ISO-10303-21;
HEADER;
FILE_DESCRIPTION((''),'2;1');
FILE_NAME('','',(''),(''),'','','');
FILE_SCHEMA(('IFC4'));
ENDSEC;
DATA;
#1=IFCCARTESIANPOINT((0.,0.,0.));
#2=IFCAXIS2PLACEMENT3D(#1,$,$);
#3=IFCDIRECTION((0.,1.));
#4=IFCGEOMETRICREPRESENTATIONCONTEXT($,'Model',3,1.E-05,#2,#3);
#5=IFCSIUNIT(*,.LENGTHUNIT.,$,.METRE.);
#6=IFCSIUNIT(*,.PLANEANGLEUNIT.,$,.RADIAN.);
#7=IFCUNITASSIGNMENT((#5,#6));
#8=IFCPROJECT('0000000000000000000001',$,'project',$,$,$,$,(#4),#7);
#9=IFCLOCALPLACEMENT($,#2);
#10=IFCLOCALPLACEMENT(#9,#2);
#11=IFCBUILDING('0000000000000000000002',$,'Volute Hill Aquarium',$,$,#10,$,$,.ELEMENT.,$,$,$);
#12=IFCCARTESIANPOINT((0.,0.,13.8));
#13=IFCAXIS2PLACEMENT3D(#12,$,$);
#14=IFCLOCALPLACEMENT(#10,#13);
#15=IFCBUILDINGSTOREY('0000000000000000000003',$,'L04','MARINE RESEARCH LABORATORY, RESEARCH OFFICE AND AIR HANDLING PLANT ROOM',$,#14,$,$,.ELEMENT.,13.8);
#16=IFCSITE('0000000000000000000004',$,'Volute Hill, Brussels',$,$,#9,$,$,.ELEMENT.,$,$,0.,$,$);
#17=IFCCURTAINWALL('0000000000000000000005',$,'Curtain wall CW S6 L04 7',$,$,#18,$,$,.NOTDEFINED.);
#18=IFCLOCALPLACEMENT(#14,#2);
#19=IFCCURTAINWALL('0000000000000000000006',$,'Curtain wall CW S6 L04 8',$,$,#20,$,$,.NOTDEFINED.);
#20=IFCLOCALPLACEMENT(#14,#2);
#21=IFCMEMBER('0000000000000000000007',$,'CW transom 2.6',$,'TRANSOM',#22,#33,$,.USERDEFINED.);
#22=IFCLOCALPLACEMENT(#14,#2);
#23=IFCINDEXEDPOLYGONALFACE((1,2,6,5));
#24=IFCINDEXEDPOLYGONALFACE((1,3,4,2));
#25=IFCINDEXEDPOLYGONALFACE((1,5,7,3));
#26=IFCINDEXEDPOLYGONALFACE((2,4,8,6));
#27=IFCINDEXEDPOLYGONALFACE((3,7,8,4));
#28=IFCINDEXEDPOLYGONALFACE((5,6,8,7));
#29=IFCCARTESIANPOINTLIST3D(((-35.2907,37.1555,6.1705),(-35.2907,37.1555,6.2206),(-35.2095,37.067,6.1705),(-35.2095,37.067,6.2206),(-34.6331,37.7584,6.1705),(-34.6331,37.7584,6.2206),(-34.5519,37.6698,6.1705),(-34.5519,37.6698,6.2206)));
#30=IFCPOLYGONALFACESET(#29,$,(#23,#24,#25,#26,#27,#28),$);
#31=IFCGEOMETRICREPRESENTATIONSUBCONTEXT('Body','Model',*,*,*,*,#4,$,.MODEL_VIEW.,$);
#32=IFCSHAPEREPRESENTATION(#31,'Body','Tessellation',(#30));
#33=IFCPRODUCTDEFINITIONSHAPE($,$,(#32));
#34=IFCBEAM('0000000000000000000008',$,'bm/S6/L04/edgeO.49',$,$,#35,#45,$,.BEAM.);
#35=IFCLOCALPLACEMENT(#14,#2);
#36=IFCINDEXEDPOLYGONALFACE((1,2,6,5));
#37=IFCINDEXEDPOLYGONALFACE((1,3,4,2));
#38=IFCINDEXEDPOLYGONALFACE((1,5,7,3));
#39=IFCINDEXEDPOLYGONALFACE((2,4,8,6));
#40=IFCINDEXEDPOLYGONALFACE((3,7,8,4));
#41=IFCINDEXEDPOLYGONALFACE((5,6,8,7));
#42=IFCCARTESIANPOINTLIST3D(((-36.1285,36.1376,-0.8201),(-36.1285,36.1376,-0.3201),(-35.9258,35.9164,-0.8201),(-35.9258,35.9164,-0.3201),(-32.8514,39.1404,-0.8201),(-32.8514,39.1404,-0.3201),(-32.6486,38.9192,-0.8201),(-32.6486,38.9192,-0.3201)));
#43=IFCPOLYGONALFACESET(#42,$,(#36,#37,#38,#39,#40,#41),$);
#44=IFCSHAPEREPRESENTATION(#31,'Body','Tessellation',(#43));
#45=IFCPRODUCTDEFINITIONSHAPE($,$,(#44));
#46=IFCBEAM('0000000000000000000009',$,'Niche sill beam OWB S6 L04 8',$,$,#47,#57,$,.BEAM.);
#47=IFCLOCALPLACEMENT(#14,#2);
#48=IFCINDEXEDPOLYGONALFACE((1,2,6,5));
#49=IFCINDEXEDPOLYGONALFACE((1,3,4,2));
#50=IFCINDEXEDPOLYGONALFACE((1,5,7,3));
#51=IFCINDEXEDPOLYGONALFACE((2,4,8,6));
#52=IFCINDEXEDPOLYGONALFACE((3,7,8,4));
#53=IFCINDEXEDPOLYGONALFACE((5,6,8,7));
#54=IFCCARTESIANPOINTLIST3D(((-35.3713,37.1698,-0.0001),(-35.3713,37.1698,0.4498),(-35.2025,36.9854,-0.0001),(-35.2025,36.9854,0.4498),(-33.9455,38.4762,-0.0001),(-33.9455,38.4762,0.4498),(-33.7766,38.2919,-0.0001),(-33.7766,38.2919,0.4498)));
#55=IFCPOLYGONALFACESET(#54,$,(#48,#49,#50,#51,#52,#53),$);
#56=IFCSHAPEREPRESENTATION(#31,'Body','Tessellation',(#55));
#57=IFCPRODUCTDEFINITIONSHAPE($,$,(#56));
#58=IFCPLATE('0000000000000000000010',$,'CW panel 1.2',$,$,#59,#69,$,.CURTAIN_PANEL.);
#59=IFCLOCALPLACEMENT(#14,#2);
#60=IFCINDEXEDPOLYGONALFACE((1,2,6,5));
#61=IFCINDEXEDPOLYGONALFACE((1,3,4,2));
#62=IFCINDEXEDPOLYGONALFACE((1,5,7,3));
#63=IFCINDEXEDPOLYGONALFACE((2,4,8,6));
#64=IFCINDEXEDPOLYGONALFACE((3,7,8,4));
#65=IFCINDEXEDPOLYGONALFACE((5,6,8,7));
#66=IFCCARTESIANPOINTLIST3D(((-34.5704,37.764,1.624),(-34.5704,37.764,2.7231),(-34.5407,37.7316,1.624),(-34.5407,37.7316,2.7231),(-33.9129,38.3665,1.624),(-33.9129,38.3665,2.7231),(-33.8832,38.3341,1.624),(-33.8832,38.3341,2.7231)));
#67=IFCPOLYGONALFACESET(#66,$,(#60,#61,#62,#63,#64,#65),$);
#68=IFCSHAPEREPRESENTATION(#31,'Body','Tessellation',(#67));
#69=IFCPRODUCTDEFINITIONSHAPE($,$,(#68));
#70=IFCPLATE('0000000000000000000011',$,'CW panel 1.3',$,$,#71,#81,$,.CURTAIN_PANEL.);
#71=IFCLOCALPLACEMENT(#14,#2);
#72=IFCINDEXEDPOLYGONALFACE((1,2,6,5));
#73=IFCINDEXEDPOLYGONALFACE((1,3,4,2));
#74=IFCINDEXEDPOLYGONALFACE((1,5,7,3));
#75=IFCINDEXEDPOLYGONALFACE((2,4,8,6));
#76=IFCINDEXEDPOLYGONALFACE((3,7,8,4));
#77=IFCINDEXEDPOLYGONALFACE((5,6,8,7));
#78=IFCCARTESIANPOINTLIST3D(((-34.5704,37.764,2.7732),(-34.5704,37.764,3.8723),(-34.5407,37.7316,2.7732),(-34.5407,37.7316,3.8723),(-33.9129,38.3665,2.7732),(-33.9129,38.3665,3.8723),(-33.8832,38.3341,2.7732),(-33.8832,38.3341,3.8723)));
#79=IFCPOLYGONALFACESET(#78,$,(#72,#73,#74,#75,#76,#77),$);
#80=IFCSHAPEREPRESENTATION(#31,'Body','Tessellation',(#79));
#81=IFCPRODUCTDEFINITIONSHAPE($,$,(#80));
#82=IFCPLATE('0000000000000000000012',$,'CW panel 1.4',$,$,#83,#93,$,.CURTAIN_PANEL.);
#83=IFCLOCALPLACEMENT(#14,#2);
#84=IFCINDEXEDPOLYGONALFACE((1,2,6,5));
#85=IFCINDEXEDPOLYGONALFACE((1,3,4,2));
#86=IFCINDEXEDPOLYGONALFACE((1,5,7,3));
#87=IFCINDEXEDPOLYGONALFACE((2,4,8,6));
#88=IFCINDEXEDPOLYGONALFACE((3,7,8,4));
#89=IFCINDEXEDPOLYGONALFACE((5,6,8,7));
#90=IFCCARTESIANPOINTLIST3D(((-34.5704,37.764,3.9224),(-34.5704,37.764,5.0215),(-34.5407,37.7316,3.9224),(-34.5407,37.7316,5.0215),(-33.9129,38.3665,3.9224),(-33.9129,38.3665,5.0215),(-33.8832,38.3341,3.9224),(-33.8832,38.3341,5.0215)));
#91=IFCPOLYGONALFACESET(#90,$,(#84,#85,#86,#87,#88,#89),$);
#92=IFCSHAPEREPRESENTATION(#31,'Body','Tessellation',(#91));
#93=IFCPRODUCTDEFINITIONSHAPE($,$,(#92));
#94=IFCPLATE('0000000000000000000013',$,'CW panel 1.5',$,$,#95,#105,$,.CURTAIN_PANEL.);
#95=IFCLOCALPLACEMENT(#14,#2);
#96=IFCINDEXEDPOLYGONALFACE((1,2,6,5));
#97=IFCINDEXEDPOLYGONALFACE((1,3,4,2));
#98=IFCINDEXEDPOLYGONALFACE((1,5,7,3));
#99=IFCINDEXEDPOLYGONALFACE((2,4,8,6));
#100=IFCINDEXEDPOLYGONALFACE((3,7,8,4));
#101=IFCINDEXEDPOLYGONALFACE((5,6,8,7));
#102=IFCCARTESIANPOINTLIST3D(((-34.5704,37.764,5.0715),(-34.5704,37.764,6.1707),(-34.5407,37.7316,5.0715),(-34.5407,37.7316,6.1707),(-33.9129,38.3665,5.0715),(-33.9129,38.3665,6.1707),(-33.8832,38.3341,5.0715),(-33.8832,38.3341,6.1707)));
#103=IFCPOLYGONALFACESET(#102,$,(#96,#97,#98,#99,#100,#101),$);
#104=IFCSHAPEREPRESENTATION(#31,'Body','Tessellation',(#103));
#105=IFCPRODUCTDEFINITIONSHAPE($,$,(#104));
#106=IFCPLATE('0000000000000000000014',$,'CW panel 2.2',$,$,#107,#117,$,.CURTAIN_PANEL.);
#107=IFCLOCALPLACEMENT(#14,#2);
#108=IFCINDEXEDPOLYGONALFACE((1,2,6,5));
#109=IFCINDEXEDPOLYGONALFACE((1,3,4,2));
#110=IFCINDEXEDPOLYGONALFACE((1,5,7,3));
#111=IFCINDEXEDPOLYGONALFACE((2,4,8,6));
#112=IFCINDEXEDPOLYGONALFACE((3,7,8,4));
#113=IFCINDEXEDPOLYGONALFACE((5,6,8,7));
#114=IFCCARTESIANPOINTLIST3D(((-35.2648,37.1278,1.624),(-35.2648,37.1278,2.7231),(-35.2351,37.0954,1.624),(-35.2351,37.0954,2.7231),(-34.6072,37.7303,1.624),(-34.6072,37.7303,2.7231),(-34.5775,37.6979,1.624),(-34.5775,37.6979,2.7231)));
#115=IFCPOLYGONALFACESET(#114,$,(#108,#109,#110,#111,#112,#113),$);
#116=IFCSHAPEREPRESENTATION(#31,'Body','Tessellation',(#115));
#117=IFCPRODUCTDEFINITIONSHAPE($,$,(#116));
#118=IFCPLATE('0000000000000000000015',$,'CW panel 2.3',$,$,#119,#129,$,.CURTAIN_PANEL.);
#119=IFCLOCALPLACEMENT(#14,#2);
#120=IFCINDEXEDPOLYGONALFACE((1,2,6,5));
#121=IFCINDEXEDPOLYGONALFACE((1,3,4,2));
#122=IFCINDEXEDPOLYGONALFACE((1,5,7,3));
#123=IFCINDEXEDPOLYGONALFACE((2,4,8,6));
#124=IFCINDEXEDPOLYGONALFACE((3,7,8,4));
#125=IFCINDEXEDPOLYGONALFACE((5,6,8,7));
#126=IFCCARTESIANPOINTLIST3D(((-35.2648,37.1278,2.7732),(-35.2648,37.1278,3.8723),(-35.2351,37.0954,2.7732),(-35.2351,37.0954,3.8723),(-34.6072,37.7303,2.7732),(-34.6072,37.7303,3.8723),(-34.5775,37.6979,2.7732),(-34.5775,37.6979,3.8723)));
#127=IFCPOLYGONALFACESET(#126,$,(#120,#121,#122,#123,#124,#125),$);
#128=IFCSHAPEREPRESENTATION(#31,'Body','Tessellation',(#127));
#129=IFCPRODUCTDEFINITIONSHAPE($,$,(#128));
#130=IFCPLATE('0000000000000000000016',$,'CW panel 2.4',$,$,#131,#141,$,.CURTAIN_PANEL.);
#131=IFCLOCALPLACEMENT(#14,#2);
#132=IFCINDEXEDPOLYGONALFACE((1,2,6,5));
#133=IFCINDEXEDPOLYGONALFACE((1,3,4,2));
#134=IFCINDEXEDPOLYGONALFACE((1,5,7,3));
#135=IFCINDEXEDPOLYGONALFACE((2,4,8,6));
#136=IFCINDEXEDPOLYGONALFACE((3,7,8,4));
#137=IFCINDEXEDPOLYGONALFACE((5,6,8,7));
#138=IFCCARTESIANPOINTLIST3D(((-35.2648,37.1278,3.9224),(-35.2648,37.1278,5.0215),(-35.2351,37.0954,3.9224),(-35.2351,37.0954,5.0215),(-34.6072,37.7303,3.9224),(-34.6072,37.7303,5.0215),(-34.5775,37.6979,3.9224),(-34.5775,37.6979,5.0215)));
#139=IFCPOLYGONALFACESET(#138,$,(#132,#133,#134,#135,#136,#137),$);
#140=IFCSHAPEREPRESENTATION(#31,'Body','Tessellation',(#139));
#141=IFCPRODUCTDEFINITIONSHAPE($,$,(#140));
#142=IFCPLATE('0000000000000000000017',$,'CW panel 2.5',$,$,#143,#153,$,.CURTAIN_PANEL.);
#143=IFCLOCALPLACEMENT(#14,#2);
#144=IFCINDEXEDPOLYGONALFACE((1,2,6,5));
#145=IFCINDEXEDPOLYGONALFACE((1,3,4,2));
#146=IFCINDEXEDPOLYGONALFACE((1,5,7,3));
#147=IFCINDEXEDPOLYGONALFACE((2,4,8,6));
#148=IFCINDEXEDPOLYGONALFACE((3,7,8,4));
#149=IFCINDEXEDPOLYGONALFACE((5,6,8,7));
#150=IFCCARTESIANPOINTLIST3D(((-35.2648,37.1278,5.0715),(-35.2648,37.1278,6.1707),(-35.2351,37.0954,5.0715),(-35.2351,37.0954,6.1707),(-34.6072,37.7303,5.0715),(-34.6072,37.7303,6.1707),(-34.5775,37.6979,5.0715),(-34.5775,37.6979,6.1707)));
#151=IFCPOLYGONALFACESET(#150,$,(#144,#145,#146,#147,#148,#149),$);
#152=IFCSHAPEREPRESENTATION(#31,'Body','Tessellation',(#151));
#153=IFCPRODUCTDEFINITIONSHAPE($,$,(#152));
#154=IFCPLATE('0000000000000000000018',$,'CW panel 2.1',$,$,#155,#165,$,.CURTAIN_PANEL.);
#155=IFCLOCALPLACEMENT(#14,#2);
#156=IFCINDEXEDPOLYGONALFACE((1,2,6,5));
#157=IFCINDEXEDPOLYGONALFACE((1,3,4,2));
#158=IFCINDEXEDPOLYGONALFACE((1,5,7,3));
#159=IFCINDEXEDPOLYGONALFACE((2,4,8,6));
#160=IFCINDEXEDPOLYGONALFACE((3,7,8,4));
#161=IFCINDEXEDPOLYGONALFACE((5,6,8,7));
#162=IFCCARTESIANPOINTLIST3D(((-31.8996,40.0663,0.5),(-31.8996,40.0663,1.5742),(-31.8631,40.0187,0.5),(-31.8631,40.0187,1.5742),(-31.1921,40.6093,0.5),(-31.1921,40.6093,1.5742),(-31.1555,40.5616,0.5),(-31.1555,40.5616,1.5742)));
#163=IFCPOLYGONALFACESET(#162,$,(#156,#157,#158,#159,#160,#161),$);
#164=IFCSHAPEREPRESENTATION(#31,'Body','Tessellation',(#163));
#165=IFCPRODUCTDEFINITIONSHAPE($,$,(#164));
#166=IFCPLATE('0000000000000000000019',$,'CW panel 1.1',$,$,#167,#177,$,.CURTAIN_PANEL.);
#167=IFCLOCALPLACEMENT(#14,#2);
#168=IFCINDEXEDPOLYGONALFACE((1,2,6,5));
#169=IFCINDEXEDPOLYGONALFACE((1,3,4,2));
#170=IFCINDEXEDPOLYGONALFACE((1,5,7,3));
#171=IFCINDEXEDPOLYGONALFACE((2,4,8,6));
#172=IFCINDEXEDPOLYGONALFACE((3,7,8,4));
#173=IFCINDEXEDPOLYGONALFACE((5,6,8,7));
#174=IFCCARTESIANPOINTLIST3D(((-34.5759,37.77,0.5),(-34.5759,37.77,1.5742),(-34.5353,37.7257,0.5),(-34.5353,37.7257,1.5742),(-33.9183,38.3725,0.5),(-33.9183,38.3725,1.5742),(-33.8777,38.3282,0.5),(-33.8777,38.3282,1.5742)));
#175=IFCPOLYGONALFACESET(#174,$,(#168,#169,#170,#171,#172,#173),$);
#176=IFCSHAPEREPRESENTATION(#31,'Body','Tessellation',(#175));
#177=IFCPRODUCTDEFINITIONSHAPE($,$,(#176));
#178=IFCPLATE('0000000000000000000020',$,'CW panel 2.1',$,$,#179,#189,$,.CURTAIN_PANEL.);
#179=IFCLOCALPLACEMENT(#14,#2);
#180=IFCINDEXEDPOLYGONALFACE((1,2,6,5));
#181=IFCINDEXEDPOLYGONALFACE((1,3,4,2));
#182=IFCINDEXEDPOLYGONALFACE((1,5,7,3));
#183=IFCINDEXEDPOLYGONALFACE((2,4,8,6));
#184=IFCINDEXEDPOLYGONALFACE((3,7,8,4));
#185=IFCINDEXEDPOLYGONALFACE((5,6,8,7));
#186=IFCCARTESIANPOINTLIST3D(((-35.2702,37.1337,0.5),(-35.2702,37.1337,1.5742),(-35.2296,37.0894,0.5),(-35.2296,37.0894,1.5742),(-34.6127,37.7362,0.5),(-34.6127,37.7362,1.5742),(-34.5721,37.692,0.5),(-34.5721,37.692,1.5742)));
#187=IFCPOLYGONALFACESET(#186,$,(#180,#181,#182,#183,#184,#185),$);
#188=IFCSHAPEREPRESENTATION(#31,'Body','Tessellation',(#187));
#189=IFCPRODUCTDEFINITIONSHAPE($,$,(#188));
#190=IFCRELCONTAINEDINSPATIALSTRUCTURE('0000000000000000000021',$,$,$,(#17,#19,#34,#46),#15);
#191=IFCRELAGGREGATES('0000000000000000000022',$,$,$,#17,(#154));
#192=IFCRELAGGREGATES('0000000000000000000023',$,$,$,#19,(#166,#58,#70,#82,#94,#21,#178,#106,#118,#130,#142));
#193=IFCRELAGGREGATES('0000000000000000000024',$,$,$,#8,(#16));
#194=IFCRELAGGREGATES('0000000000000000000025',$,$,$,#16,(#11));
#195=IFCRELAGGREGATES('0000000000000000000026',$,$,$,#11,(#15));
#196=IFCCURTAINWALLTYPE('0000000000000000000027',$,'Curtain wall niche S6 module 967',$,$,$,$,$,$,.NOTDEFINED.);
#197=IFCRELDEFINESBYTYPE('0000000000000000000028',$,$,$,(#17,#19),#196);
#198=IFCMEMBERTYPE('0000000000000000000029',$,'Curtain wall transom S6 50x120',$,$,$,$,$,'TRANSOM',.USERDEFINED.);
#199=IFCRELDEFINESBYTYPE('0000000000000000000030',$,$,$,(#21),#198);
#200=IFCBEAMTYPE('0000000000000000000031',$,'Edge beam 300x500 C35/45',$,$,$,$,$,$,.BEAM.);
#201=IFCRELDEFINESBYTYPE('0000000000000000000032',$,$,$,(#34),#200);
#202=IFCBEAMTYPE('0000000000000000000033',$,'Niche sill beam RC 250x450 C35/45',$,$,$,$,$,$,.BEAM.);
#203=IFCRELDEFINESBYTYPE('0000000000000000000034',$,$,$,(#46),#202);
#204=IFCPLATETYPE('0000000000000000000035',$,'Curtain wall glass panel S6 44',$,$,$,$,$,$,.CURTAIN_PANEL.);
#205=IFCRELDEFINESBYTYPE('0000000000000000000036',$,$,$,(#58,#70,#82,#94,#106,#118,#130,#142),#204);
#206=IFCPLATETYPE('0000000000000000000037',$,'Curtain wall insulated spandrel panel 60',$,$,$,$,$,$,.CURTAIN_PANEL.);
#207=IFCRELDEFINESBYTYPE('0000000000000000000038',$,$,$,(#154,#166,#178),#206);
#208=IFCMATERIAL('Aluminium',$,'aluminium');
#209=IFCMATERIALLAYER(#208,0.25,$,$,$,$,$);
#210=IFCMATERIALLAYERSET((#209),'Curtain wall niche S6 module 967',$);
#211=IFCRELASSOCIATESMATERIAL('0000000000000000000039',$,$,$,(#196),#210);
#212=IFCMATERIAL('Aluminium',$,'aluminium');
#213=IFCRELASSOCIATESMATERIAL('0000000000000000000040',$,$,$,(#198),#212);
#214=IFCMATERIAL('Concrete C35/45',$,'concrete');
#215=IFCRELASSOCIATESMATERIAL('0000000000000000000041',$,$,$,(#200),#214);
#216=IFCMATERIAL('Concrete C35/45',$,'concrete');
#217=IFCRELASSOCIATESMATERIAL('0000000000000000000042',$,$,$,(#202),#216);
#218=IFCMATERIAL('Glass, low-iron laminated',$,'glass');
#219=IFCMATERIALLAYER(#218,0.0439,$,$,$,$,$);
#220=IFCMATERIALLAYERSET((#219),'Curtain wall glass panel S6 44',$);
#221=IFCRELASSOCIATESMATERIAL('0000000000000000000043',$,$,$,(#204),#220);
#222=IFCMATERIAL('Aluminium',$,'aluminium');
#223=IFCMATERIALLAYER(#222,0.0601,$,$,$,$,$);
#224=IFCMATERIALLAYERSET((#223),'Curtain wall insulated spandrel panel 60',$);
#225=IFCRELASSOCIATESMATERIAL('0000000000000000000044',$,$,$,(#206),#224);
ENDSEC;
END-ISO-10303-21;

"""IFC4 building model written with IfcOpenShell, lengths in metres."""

from ifc_helpers import new_model, si_unit, direction, frame, origin, origin_2d, place, context, subcontext, project, spatial, rectangle, extrude, material, layer, layer_set, material_profile, profile_set, type_object, element, aggregate, save


model = new_model("IFC4")

# Units and contexts
model_context = context("Model", 3, precision=1e-05, world=origin(), true_north=direction((0.0, 1.0)))
body_context = subcontext(model_context, "Body", "Model", "MODEL_VIEW")
ifc_project = project(units=[si_unit("LENGTHUNIT", "METRE"), si_unit("PLANEANGLEUNIT", "RADIAN")], contexts=[model_context])

# Site, building, storey
site_placement = place(None, origin())
site = spatial("IfcSite", under=ifc_project, at=site_placement, Name="Volute Hill, Brussels", CompositionType="ELEMENT", RefElevation=0.0)
building_placement = place(site_placement, origin())
building = spatial("IfcBuilding", under=site, at=building_placement, Name="Volute Hill Aquarium", CompositionType="ELEMENT")
storey_placement = place(building_placement, frame((0.0, 0.0, 13.8)))
storey = spatial("IfcBuildingStorey", under=building, at=storey_placement, Name="L04", Description="MARINE RESEARCH LABORATORY, RESEARCH OFFICE AND AIR HANDLING PLANT ROOM", CompositionType="ELEMENT", Elevation=13.8)

# Curtain wall
ifc_material_1 = material(Name="Aluminium", Category="aluminium")
ifc_layer_1 = layer(ifc_material_1, 0.25)
ifc_layer_set_1 = layer_set([ifc_layer_1], Name="Curtain wall niche S6 module 967")
curtain_wall_type = type_object("IfcCurtainWallType", Name="Curtain wall niche S6 module 967", PredefinedType="NOTDEFINED", material=ifc_layer_set_1)
curtain_wall_1_placement = place(storey_placement, origin())
curtain_wall_1 = element("IfcCurtainWall", 1, at=curtain_wall_1_placement, inside=storey, type_object=curtain_wall_type, Name="Curtain wall CW S6 L04 7", PredefinedType="NOTDEFINED")

# Curtain wall, member
curtain_wall_2_placement = place(storey_placement, origin())
curtain_wall_2 = element("IfcCurtainWall", 2, at=curtain_wall_2_placement, inside=storey, type_object=curtain_wall_type, Name="Curtain wall CW S6 L04 8", PredefinedType="NOTDEFINED")
ifc_material_2 = material(Name="Aluminium", Category="aluminium")
ifc_material_profile_1 = material_profile(ifc_material_2, rectangle(XDim=0.1201, YDim=0.05, at=origin_2d()), Name="Curtain wall transom S6 50x120")
ifc_profile_set_1 = profile_set([ifc_material_profile_1], Name="Aluminium")
member_type_1 = type_object("IfcMemberType", Name="Curtain wall transom S6 50x120", ElementType="TRANSOM", PredefinedType="USERDEFINED", material=ifc_profile_set_1)
member_1_placement = place(storey_placement, frame((-34.5925, 37.7141, 6.1956), z_axis=(-0.737097, -0.675787, 0.0), x_axis=(0.675787, -0.737097, 0.0)))
member_1 = element("IfcMember", 3, at=member_1_placement, type_object=member_type_1, Name="CW transom 2.6", ObjectType="TRANSOM", PredefinedType="USERDEFINED", context=body_context, shape_type="SweptSolid", body=[
    extrude(rectangle(XDim=0.1201, YDim=0.05, at=origin_2d()), origin(), (0.0, 0.0, 1.0), 0.8921),
])

# Beams
ifc_material_3 = material(Name="Concrete C35/45", Category="concrete")
ifc_material_profile_2 = material_profile(ifc_material_3, rectangle(XDim=0.3, YDim=0.5, at=origin_2d()), Name="RC edge beam 300x500")
ifc_profile_set_2 = profile_set([ifc_material_profile_2], Name="Concrete C35/45")
beam_type_1 = type_object("IfcBeamType", Name="Edge beam 300x500 C35/45", PredefinedType="BEAM", material=ifc_profile_set_2)
beam_1_placement = place(storey_placement, frame((-32.75, 39.0298, -0.5701), z_axis=(-0.737302, -0.675563, 0.0), x_axis=(0.675563, -0.737302, 0.0)))
element("IfcBeam", 4, at=beam_1_placement, inside=storey, type_object=beam_type_1, Name="bm/S6/L04/edgeO.49", PredefinedType="BEAM", context=body_context, shape_type="SweptSolid", body=[
    extrude(rectangle(XDim=0.3, YDim=0.5, at=origin_2d()), origin(), (0.0, 0.0, 1.0), 4.4448),
])
ifc_material_4 = material(Name="Concrete C35/45", Category="concrete")
ifc_material_profile_3 = material_profile(ifc_material_4, rectangle(XDim=0.25, YDim=0.45, at=origin_2d()), Name="RC beam 250x450")
ifc_profile_set_3 = profile_set([ifc_material_profile_3], Name="Concrete C35/45")
beam_type_2 = type_object("IfcBeamType", Name="Niche sill beam RC 250x450 C35/45", PredefinedType="BEAM", material=ifc_profile_set_3)
beam_2_placement = place(storey_placement, frame((-33.8611, 38.384, 0.2249), z_axis=(-0.737301, -0.675565, 0.0), x_axis=(0.675565, -0.737301, 0.0)))
element("IfcBeam", 5, at=beam_2_placement, inside=storey, type_object=beam_type_2, Name="Niche sill beam OWB S6 L04 8", PredefinedType="BEAM", context=body_context, shape_type="SweptSolid", body=[
    extrude(rectangle(XDim=0.25, YDim=0.45, at=origin_2d()), origin(), (0.0, 0.0, 1.0), 1.9338),
])

# Plates
ifc_material_5 = material(Name="Glass, low-iron laminated", Category="glass")
ifc_layer_2 = layer(ifc_material_5, 0.0439)
ifc_layer_set_2 = layer_set([ifc_layer_2], Name="Curtain wall glass panel S6 44")
plate_type_1 = type_object("IfcPlateType", Name="Curtain wall glass panel S6 44", PredefinedType="CURTAIN_PANEL", material=ifc_layer_set_2)
plate_1_placement = place(storey_placement, frame((-34.2268, 38.0491, 1.624), z_axis=(0.0, 0.0, 1.0), x_axis=(-0.737285, -0.675582, 0.0)))
plate_1 = element("IfcPlate", 6, at=plate_1_placement, type_object=plate_type_1, Name="CW panel 1.2", PredefinedType="CURTAIN_PANEL", context=body_context, shape_type="SweptSolid", body=[
    extrude(rectangle(XDim=0.8918, YDim=0.0439, at=origin_2d()), origin(), (0.0, 0.0, 1.0), 1.0991),
])
plate_2_placement = place(storey_placement, frame((-34.2268, 38.0491, 2.7732), z_axis=(0.0, 0.0, 1.0), x_axis=(-0.737285, -0.675582, 0.0)))
plate_2 = element("IfcPlate", 7, at=plate_2_placement, type_object=plate_type_1, Name="CW panel 1.3", PredefinedType="CURTAIN_PANEL", context=body_context, shape_type="SweptSolid", body=[
    extrude(rectangle(XDim=0.8918, YDim=0.0439, at=origin_2d()), origin(), (0.0, 0.0, 1.0), 1.0991),
])
plate_3_placement = place(storey_placement, frame((-34.2268, 38.0491, 3.9224), z_axis=(0.0, 0.0, 1.0), x_axis=(-0.737285, -0.675582, 0.0)))
plate_3 = element("IfcPlate", 8, at=plate_3_placement, type_object=plate_type_1, Name="CW panel 1.4", PredefinedType="CURTAIN_PANEL", context=body_context, shape_type="SweptSolid", body=[
    extrude(rectangle(XDim=0.8918, YDim=0.0439, at=origin_2d()), origin(), (0.0, 0.0, 1.0), 1.0991),
])
plate_4_placement = place(storey_placement, frame((-34.2268, 38.0491, 5.0715), z_axis=(0.0, 0.0, 1.0), x_axis=(-0.737285, -0.675582, 0.0)))
plate_4 = element("IfcPlate", 9, at=plate_4_placement, type_object=plate_type_1, Name="CW panel 1.5", PredefinedType="CURTAIN_PANEL", context=body_context, shape_type="SweptSolid", body=[
    extrude(rectangle(XDim=0.8918, YDim=0.0439, at=origin_2d()), origin(), (0.0, 0.0, 1.0), 1.0991),
])
plate_5_placement = place(storey_placement, frame((-34.9211, 37.4128, 1.624), z_axis=(0.0, 0.0, 1.0), x_axis=(-0.737285, -0.675582, 0.0)))
plate_5 = element("IfcPlate", 10, at=plate_5_placement, type_object=plate_type_1, Name="CW panel 2.2", PredefinedType="CURTAIN_PANEL", context=body_context, shape_type="SweptSolid", body=[
    extrude(rectangle(XDim=0.8918, YDim=0.0439, at=origin_2d()), origin(), (0.0, 0.0, 1.0), 1.0991),
])
plate_6_placement = place(storey_placement, frame((-34.9211, 37.4128, 2.7732), z_axis=(0.0, 0.0, 1.0), x_axis=(-0.737285, -0.675582, 0.0)))
plate_6 = element("IfcPlate", 11, at=plate_6_placement, type_object=plate_type_1, Name="CW panel 2.3", PredefinedType="CURTAIN_PANEL", context=body_context, shape_type="SweptSolid", body=[
    extrude(rectangle(XDim=0.8918, YDim=0.0439, at=origin_2d()), origin(), (0.0, 0.0, 1.0), 1.0991),
])
plate_7_placement = place(storey_placement, frame((-34.9211, 37.4128, 3.9224), z_axis=(0.0, 0.0, 1.0), x_axis=(-0.737285, -0.675582, 0.0)))
plate_7 = element("IfcPlate", 12, at=plate_7_placement, type_object=plate_type_1, Name="CW panel 2.4", PredefinedType="CURTAIN_PANEL", context=body_context, shape_type="SweptSolid", body=[
    extrude(rectangle(XDim=0.8918, YDim=0.0439, at=origin_2d()), origin(), (0.0, 0.0, 1.0), 1.0991),
])
plate_8_placement = place(storey_placement, frame((-34.9211, 37.4128, 5.0715), z_axis=(0.0, 0.0, 1.0), x_axis=(-0.737285, -0.675582, 0.0)))
plate_8 = element("IfcPlate", 13, at=plate_8_placement, type_object=plate_type_1, Name="CW panel 2.5", PredefinedType="CURTAIN_PANEL", context=body_context, shape_type="SweptSolid", body=[
    extrude(rectangle(XDim=0.8918, YDim=0.0439, at=origin_2d()), origin(), (0.0, 0.0, 1.0), 1.0991),
])
ifc_material_6 = material(Name="Aluminium", Category="aluminium")
ifc_layer_3 = layer(ifc_material_6, 0.0601)
ifc_layer_set_3 = layer_set([ifc_layer_3], Name="Curtain wall insulated spandrel panel 60")
plate_type_2 = type_object("IfcPlateType", Name="Curtain wall insulated spandrel panel 60", PredefinedType="CURTAIN_PANEL", material=ifc_layer_set_3)
plate_9_placement = place(storey_placement, frame((-31.5276, 40.314, 0.5), z_axis=(0.0, 0.0, 1.0), x_axis=(-0.793348, -0.608769, 0.0)))
plate_9 = element("IfcPlate", 14, at=plate_9_placement, type_object=plate_type_2, Name="CW panel 2.1", PredefinedType="CURTAIN_PANEL", context=body_context, shape_type="SweptSolid", body=[
    extrude(rectangle(XDim=0.8918, YDim=0.0601, at=origin_2d()), origin(), (0.0, 0.0, 1.0), 1.0742),
])
aggregate(curtain_wall_1, [plate_9])
plate_10_placement = place(storey_placement, frame((-34.2268, 38.0491, 0.5), z_axis=(0.0, 0.0, 1.0), x_axis=(-0.737285, -0.675582, 0.0)))
plate_10 = element("IfcPlate", 15, at=plate_10_placement, type_object=plate_type_2, Name="CW panel 1.1", PredefinedType="CURTAIN_PANEL", context=body_context, shape_type="SweptSolid", body=[
    extrude(rectangle(XDim=0.8918, YDim=0.0601, at=origin_2d()), origin(), (0.0, 0.0, 1.0), 1.0742),
])
plate_11_placement = place(storey_placement, frame((-34.9211, 37.4128, 0.5), z_axis=(0.0, 0.0, 1.0), x_axis=(-0.737285, -0.675582, 0.0)))
plate_11 = element("IfcPlate", 16, at=plate_11_placement, type_object=plate_type_2, Name="CW panel 2.1", PredefinedType="CURTAIN_PANEL", context=body_context, shape_type="SweptSolid", body=[
    extrude(rectangle(XDim=0.8918, YDim=0.0601, at=origin_2d()), origin(), (0.0, 0.0, 1.0), 1.0742),
])
aggregate(curtain_wall_2, [plate_10, plate_1, plate_2, plate_3, plate_4, member_1, plate_11, plate_5, plate_6, plate_7, plate_8])

save(model, "model.ifc")
